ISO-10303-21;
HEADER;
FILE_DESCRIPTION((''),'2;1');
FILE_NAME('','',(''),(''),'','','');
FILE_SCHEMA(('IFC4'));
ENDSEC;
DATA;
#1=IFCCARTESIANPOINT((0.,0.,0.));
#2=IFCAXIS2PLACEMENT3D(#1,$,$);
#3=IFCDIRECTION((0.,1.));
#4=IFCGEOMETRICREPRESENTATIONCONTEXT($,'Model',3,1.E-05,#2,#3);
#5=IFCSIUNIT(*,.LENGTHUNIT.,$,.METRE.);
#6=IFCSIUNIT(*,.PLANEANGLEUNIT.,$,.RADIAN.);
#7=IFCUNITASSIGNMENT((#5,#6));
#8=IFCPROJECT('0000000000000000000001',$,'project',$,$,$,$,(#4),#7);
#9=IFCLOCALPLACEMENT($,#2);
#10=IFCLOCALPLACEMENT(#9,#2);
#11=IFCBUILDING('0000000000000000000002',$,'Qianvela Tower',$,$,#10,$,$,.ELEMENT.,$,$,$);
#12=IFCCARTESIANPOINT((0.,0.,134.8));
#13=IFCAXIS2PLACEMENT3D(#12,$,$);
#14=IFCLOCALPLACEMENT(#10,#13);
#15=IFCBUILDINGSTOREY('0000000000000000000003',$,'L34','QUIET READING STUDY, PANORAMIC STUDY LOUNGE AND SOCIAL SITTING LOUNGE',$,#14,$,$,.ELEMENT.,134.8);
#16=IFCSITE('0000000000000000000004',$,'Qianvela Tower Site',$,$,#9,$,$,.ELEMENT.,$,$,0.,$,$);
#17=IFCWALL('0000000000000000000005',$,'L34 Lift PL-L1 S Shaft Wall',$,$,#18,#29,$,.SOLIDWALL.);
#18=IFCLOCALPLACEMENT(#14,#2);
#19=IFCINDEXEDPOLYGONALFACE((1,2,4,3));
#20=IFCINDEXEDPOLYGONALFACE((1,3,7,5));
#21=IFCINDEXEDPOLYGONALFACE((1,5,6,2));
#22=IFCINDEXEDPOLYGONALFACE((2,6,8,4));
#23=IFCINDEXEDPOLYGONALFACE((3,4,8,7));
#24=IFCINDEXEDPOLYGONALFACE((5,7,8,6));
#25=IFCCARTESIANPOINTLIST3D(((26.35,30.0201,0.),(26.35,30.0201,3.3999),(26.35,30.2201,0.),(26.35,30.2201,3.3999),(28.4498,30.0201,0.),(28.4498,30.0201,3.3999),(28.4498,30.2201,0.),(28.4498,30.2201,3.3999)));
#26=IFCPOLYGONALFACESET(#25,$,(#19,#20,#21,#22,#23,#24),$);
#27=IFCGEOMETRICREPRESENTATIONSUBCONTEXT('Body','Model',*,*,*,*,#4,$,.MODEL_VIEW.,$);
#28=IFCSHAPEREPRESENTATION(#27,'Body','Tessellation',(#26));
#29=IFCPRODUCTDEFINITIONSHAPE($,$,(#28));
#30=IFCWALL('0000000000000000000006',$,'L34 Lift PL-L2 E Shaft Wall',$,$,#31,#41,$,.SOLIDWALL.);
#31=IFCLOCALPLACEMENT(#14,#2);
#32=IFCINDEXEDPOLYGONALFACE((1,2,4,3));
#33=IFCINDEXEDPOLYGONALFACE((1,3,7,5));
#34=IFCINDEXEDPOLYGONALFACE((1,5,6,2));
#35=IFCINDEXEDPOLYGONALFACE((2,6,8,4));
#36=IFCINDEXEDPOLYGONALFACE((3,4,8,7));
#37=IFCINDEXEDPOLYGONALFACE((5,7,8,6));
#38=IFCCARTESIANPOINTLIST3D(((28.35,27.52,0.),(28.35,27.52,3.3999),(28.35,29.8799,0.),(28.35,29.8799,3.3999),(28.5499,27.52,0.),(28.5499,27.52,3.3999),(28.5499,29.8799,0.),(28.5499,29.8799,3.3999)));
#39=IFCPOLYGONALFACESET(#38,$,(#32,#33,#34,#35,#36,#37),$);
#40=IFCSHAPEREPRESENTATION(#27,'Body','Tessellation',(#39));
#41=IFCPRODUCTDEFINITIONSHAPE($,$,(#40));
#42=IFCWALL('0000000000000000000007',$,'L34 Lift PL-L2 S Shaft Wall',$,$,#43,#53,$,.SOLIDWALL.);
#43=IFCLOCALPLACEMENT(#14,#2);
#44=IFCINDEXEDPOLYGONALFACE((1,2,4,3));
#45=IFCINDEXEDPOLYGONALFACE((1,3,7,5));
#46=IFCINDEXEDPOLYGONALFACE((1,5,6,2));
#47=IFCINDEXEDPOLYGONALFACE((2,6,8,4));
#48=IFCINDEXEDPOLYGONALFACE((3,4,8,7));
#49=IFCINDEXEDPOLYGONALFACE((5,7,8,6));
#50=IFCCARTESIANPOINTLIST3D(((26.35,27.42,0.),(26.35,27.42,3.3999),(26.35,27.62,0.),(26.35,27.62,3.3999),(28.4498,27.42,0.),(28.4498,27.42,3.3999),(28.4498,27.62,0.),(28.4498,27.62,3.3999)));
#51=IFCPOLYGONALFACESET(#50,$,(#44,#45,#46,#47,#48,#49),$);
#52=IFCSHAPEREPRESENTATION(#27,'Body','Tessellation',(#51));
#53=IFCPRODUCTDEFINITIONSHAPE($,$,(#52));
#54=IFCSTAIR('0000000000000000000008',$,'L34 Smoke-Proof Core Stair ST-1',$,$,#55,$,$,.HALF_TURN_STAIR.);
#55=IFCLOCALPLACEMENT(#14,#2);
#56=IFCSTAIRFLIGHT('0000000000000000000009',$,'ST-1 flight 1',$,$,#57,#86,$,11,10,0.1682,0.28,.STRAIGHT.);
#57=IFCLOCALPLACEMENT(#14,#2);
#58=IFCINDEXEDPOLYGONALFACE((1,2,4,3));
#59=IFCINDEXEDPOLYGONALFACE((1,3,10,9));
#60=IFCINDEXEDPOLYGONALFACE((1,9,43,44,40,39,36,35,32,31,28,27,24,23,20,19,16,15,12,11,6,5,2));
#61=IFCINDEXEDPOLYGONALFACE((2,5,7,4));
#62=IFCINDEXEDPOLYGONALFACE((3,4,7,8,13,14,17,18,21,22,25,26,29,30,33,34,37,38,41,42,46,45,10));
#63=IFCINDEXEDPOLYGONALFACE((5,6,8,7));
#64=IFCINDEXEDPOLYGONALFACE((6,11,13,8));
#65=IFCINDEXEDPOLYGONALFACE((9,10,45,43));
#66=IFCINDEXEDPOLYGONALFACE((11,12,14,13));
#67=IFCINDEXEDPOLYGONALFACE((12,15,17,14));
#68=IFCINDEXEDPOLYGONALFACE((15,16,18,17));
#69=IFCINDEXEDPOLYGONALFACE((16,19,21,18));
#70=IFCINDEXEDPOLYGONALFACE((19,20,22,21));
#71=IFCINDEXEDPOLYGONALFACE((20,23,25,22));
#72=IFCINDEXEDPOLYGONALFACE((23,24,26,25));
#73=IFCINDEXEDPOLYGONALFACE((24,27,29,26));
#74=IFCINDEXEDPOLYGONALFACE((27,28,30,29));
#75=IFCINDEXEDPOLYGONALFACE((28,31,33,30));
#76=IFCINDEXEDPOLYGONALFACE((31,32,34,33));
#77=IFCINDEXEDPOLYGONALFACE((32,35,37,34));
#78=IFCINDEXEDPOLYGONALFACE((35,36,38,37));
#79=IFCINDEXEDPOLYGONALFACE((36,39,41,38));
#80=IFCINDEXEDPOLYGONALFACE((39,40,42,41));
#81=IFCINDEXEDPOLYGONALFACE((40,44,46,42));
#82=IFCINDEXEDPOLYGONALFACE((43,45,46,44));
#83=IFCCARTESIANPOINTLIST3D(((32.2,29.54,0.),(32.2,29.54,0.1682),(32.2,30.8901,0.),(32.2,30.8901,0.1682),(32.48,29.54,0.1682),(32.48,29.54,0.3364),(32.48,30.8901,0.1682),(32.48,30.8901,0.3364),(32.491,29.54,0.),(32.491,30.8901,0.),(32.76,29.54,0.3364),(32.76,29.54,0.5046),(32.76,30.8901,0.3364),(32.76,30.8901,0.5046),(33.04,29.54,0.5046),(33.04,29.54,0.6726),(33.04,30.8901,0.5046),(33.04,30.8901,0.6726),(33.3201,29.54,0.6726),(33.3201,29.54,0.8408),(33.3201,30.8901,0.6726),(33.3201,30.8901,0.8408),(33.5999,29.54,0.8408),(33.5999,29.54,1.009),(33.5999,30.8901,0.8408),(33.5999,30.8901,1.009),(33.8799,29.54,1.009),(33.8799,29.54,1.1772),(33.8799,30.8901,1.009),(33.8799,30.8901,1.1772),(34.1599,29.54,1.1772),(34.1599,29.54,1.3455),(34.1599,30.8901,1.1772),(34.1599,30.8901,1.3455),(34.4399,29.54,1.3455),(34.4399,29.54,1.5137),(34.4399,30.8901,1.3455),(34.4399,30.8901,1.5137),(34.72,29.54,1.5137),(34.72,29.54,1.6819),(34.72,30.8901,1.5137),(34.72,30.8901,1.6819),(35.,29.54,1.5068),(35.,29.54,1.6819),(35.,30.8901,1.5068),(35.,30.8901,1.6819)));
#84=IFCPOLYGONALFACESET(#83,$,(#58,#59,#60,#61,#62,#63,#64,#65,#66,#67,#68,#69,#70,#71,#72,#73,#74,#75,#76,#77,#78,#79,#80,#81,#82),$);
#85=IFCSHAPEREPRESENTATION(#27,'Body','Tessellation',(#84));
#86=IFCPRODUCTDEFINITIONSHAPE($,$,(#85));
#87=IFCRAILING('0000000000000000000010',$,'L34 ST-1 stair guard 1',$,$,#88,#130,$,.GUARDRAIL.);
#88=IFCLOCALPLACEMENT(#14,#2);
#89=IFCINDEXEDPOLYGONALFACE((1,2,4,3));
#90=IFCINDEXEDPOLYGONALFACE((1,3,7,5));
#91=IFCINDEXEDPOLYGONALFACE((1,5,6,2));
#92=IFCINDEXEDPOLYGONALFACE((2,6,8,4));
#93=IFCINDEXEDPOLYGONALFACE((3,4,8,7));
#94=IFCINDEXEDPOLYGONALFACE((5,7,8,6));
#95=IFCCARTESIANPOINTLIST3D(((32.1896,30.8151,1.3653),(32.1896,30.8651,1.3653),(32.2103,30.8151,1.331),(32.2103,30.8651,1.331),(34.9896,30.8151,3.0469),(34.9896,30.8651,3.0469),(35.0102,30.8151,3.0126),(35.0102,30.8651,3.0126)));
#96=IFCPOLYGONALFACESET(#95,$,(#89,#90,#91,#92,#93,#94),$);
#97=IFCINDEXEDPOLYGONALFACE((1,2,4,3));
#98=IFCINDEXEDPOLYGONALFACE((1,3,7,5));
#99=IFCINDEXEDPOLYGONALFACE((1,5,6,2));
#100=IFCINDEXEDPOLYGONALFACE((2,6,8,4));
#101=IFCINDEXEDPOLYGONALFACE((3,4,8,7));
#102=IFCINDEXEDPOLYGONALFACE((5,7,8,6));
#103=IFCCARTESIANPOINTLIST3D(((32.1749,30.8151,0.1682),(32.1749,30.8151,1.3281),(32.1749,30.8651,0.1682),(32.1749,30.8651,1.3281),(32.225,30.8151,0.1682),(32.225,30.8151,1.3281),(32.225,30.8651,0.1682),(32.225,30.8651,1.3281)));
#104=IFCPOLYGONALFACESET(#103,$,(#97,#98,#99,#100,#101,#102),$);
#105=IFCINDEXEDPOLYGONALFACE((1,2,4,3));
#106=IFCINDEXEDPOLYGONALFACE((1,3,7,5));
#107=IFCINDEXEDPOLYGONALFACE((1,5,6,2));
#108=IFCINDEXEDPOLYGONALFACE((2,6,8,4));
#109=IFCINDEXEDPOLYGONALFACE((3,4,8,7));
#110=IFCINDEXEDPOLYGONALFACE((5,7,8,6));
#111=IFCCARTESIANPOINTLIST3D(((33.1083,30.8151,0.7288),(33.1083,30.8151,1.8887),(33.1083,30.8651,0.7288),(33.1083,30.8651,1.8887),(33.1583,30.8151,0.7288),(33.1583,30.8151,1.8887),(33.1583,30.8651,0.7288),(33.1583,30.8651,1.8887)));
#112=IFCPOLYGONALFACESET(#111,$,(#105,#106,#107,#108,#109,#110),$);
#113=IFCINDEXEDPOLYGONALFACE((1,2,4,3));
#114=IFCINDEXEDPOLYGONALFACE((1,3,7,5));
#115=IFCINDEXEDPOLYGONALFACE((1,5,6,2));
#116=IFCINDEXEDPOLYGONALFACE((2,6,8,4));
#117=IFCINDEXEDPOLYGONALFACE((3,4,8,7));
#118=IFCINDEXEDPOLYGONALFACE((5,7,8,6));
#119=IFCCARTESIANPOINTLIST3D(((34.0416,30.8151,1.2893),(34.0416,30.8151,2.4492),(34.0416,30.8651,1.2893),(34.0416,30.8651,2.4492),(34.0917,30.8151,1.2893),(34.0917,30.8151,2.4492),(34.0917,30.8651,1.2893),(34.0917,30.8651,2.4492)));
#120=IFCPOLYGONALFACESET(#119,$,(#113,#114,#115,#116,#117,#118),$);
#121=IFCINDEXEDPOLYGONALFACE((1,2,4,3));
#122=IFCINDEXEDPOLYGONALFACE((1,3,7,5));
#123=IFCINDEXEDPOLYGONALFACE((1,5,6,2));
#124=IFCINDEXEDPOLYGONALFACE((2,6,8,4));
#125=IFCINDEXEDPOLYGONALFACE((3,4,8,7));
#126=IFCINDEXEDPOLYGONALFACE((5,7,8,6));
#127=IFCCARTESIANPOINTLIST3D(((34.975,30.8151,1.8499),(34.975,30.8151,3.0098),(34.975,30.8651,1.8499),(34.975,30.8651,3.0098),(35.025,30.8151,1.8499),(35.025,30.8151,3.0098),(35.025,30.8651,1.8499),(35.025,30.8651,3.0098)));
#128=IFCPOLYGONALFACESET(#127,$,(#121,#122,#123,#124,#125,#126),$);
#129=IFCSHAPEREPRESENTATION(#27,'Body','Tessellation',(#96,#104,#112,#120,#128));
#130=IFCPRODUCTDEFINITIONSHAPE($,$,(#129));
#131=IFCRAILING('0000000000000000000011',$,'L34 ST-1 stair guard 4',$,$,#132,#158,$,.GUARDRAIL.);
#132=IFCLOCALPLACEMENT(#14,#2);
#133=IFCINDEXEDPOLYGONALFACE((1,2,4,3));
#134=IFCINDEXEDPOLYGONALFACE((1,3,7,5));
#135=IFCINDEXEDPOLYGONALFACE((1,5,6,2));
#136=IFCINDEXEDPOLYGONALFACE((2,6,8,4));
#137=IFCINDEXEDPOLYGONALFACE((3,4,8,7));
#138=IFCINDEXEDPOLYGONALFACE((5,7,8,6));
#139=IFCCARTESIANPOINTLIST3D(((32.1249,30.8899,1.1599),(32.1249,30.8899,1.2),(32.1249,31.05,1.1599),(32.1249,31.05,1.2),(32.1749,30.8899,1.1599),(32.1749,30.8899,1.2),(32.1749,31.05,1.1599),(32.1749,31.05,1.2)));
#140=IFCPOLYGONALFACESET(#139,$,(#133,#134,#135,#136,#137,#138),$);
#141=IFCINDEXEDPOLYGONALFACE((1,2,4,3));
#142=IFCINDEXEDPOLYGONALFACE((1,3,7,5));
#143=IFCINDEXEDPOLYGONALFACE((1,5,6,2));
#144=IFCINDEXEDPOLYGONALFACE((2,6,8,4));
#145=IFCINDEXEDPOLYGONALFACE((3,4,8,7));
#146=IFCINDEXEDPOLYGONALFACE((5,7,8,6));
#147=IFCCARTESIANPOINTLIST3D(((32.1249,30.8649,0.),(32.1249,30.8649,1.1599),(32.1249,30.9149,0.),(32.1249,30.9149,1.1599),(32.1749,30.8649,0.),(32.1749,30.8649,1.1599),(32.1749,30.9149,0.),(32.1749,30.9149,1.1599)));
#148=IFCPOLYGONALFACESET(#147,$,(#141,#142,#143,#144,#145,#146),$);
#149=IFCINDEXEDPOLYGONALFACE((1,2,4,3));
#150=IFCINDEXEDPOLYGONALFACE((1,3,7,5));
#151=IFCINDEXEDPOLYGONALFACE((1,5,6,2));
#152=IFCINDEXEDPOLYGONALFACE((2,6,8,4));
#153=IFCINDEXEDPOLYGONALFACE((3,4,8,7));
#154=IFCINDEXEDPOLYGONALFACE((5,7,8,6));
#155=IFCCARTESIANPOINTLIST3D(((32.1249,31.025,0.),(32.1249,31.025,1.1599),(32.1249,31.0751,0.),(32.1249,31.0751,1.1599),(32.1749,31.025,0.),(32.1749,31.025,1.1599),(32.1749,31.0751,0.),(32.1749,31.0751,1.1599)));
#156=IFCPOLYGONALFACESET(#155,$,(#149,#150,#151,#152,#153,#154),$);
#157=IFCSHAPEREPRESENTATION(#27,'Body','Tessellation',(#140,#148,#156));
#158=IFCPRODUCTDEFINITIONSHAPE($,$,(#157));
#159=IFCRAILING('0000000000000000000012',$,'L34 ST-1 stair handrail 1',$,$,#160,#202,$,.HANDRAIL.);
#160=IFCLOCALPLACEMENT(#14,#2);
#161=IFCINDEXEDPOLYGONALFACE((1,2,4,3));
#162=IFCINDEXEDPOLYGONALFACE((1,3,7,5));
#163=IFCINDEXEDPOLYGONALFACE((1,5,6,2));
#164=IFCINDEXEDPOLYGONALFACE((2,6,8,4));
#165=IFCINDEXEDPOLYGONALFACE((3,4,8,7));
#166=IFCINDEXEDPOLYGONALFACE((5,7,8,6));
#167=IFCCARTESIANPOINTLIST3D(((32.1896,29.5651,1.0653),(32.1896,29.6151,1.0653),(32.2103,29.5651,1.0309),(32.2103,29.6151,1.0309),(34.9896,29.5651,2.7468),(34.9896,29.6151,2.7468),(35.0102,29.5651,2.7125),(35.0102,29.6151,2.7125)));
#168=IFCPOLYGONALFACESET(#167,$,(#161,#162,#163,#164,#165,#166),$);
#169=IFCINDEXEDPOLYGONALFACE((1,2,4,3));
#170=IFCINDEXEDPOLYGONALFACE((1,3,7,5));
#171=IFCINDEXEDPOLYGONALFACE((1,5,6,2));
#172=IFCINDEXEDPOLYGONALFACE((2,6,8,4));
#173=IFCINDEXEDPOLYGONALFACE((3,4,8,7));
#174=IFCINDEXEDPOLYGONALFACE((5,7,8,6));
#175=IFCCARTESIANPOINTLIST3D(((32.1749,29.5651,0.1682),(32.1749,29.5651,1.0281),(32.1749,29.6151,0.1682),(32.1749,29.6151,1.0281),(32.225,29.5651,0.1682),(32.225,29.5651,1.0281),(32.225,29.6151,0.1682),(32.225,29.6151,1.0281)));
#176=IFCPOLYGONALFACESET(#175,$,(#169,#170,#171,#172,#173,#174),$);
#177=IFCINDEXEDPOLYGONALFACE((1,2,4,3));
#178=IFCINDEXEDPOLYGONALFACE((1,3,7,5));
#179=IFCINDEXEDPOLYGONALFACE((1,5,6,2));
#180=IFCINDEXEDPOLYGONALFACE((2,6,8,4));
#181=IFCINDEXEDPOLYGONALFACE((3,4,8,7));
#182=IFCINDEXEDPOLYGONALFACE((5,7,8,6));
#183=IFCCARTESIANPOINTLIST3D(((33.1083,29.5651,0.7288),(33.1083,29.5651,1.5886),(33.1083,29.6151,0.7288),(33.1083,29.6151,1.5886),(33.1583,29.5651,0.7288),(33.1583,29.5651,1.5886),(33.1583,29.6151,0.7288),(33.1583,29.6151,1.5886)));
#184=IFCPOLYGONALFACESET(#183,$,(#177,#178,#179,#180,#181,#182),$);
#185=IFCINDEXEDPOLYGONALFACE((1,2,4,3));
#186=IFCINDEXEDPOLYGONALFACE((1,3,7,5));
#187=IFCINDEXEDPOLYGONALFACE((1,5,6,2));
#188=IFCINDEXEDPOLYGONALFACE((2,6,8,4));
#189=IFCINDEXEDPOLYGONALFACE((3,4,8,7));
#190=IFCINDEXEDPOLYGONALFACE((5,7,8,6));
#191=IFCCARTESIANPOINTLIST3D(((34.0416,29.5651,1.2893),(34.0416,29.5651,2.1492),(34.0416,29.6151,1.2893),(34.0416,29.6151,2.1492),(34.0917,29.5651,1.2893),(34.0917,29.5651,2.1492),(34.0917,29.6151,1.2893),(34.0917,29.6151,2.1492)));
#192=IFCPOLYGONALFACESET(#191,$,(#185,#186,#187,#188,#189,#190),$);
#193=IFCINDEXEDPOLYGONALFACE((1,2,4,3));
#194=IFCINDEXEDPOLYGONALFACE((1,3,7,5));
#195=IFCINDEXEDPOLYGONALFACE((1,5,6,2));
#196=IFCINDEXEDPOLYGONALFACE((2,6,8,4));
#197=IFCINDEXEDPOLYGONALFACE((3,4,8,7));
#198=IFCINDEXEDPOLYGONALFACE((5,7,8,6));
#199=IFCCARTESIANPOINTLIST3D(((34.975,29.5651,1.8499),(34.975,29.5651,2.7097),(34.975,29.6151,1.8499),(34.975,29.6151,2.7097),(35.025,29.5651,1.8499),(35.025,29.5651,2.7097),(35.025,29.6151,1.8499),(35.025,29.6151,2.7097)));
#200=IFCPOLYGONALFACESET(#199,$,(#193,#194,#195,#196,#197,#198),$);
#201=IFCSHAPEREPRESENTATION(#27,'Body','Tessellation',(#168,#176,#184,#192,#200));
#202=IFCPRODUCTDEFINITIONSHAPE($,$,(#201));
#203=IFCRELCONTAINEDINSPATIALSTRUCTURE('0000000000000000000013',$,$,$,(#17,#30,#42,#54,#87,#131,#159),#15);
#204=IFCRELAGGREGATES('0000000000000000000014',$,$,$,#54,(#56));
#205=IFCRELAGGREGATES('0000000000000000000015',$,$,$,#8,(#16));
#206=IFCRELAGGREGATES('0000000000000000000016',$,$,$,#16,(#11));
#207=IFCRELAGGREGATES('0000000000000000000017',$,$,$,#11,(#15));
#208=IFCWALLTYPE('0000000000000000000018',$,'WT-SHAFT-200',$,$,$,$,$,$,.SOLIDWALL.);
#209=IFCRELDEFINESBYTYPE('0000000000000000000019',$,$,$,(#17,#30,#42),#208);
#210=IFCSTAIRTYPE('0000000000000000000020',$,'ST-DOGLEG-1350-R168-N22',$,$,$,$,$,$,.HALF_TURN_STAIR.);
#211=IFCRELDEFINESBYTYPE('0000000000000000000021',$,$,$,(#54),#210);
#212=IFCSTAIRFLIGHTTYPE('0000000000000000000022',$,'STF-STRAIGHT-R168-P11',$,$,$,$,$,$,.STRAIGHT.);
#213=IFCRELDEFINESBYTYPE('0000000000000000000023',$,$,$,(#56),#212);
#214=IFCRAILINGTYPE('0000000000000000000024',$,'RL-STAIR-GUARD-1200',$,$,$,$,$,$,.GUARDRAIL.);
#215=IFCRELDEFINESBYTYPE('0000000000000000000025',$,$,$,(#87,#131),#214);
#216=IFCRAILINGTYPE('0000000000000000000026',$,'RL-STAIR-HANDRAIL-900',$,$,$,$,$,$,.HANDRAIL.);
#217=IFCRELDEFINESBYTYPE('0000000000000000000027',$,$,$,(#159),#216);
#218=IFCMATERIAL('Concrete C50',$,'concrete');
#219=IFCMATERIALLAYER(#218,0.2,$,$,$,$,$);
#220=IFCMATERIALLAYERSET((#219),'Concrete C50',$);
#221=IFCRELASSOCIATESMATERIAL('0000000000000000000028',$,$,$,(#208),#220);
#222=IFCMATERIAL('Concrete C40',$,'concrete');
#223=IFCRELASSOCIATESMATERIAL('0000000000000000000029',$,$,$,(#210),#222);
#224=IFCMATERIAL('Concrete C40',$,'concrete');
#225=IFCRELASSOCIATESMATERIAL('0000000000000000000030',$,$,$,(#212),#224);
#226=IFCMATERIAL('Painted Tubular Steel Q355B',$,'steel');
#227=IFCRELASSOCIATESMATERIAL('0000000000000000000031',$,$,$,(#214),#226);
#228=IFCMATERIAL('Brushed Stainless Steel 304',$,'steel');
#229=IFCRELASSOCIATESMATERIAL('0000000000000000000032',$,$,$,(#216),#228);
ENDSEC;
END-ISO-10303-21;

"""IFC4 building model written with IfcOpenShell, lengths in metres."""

from ifc_helpers import new_model, si_unit, direction, frame, frame_2d, origin, origin_2d, place, context, subcontext, project, spatial, polyline, rectangle, outline, extrude, material, layer, layer_set, type_object, element, aggregate, save


model = new_model("IFC4")

# Units and contexts
model_context = context("Model", 3, precision=1e-05, world=origin(), true_north=direction((0.0, 1.0)))
body_context = subcontext(model_context, "Body", "Model", "MODEL_VIEW")
ifc_project = project(units=[si_unit("LENGTHUNIT", "METRE"), si_unit("PLANEANGLEUNIT", "RADIAN")], contexts=[model_context])

# Site, building, storey
site_placement = place(None, origin())
site = spatial("IfcSite", under=ifc_project, at=site_placement, Name="Qianvela Tower Site", CompositionType="ELEMENT", RefElevation=0.0)
building_placement = place(site_placement, origin())
building = spatial("IfcBuilding", under=site, at=building_placement, Name="Qianvela Tower", CompositionType="ELEMENT")
storey_placement = place(building_placement, frame((0.0, 0.0, 134.8)))
storey = spatial("IfcBuildingStorey", under=building, at=storey_placement, Name="L34", Description="QUIET READING STUDY, PANORAMIC STUDY LOUNGE AND SOCIAL SITTING LOUNGE", CompositionType="ELEMENT", Elevation=134.8)

# Shared definitions
ifc_material_1 = material(Name="Concrete C50", Category="concrete")
ifc_layer_1 = layer(ifc_material_1, 0.2)
ifc_layer_set_1 = layer_set([ifc_layer_1], Name="Concrete C50")
wall_type_1 = type_object("IfcWallType", Name="WT-SHAFT-200", PredefinedType="SOLIDWALL", material=ifc_layer_set_1)

# Walls
for number, where, z_axis, x_axis, name in (
    (1, (26.3501, 30.1201, 0.0), (0.0, 0.0, 1.0), (1.0, 0.0, 0.0), "L34 Lift PL-L1 S Shaft Wall"),
):
    element("IfcWall", number, at=place(storey_placement, frame(where, z_axis=z_axis, x_axis=x_axis)), inside=storey, type_object=wall_type_1, Name=name, PredefinedType="SOLIDWALL", context=body_context, shape_type="SweptSolid", body=[
        extrude(rectangle(XDim=2.0999, YDim=0.2, at=frame_2d((1.0498, 0.0))), origin(), (0.0, 0.0, 1.0), 3.3999),
    ])
wall_1_placement = place(storey_placement, frame((28.45, 27.52, 0.0), z_axis=(0.0, 0.0, 1.0), x_axis=(0.0, 1.0, 0.0)))
element("IfcWall", 2, at=wall_1_placement, inside=storey, type_object=wall_type_1, Name="L34 Lift PL-L2 E Shaft Wall", PredefinedType="SOLIDWALL", context=body_context, shape_type="SweptSolid", body=[
    extrude(rectangle(XDim=2.3599, YDim=0.2, at=frame_2d((1.1799, 0.0))), origin(), (0.0, 0.0, 1.0), 3.3999),
])

# Wall
wall_2_placement = place(storey_placement, frame((26.3501, 27.52, 0.0), z_axis=(0.0, 0.0, 1.0), x_axis=(1.0, 0.0, 0.0)))
element("IfcWall", 3, at=wall_2_placement, inside=storey, type_object=wall_type_1, Name="L34 Lift PL-L2 S Shaft Wall", PredefinedType="SOLIDWALL", context=body_context, shape_type="SweptSolid", body=[
    extrude(rectangle(XDim=2.0999, YDim=0.2, at=frame_2d((1.0498, 0.0))), origin(), (0.0, 0.0, 1.0), 3.3999),
])

# Stair, stair flight
ifc_material_2 = material(Name="Concrete C40", Category="concrete")
stair_type = type_object("IfcStairType", Name="ST-DOGLEG-1350-R168-N22", PredefinedType="HALF_TURN_STAIR", material=ifc_material_2)
stair_placement = place(storey_placement, origin())
stair = element("IfcStair", 4, at=stair_placement, inside=storey, type_object=stair_type, Name="L34 Smoke-Proof Core Stair ST-1", PredefinedType="HALF_TURN_STAIR")
ifc_material_3 = material(Name="Concrete C40", Category="concrete")
stair_flight_type = type_object("IfcStairFlightType", Name="STF-STRAIGHT-R168-P11", PredefinedType="STRAIGHT", material=ifc_material_3)
stair_flight_placement = place(storey_placement, frame((32.2, 30.2151, 0.0), z_axis=(0.0, 0.0, 1.0), x_axis=(1.0, 0.0, 0.0)))
stair_flight = element("IfcStairFlight", 5, at=stair_flight_placement, type_object=stair_flight_type, Name="ST-1 flight 1", NumberOfRisers=11, NumberOfTreads=10, PredefinedType="STRAIGHT", RiserHeight=0.1682, TreadLength=0.28, context=body_context, shape_type="SweptSolid", body=[
    extrude(outline(polyline([(0.0, 0.0), (0.0, 0.1682), (0.28, 0.1682), (0.28, 0.3364), (0.5601, 0.3364), (0.5601, 0.5046), (0.8401, 0.5046), (0.8401, 0.6726), (1.1201, 0.6726), (1.1201, 0.8408), (1.3999, 0.8408), (1.3999, 1.009), (1.6799, 1.009), (1.6799, 1.1772), (1.96, 1.1772), (1.96, 1.3455), (2.24, 1.3455), (2.24, 1.5137), (2.52, 1.5137), (2.52, 1.6819), (2.8, 1.6819), (2.8, 1.8501), (2.8, 1.5068), (0.291, 0.0), (0.0, 0.0)])), frame((0.0, 0.675, 0.0), z_axis=(0.0, -1.0, 0.0), x_axis=(1.0, 0.0, 0.0)), (0.0, 0.0, 1.0), 1.3501),
])
aggregate(stair, [stair_flight])

# Railings
ifc_material_4 = material(Name="Painted Tubular Steel Q355B", Category="steel")
railing_type_1 = type_object("IfcRailingType", Name="RL-STAIR-GUARD-1200", PredefinedType="GUARDRAIL", material=ifc_material_4)
railing_1_placement = place(storey_placement, frame((32.2, 30.8401, 0.1682)))
element("IfcRailing", 6, at=railing_1_placement, inside=storey, type_object=railing_type_1, Name="L34 ST-1 stair guard 1", PredefinedType="GUARDRAIL", context=body_context, shape_type="SweptSolid", body=[
    extrude(rectangle(XDim=0.05, YDim=0.04, at=origin_2d()), frame((0.0, 0.0, 1.1799), z_axis=(0.857275, 0.0, 0.514858), x_axis=(0.0, 1.0, 0.0)), (0.0, 0.0, 1.0), 3.2661),
    extrude(rectangle(XDim=0.05, YDim=0.05, at=origin_2d()), origin(), (0.0, 0.0, 1.0), 1.1599),
    extrude(rectangle(XDim=0.05, YDim=0.05, at=origin_2d()), frame((0.9333, 0.0, 0.5605)), (0.0, 0.0, 1.0), 1.1599),
    extrude(rectangle(XDim=0.05, YDim=0.05, at=origin_2d()), frame((1.8667, 0.0, 1.1211)), (0.0, 0.0, 1.0), 1.1599),
    extrude(rectangle(XDim=0.05, YDim=0.05, at=origin_2d()), frame((2.8, 0.0, 1.6816)), (0.0, 0.0, 1.0), 1.1599),
])
railing_2_placement = place(storey_placement, frame((32.1499, 30.8899, 0.0)))
element("IfcRailing", 7, at=railing_2_placement, inside=storey, type_object=railing_type_1, Name="L34 ST-1 stair guard 4", PredefinedType="GUARDRAIL", context=body_context, shape_type="SweptSolid", body=[
    extrude(rectangle(XDim=0.05, YDim=0.04, at=origin_2d()), frame((0.0, 0.0, 1.1799), z_axis=(0.0, 1.0, 0.0), x_axis=(-1.0, 0.0, 0.0)), (0.0, 0.0, 1.0), 0.1602),
    extrude(rectangle(XDim=0.05, YDim=0.05, at=origin_2d()), origin(), (0.0, 0.0, 1.0), 1.1599),
    extrude(rectangle(XDim=0.05, YDim=0.05, at=origin_2d()), frame((0.0, 0.1602, 0.0)), (0.0, 0.0, 1.0), 1.1599),
])
ifc_material_5 = material(Name="Brushed Stainless Steel 304", Category="steel")
railing_type_2 = type_object("IfcRailingType", Name="RL-STAIR-HANDRAIL-900", PredefinedType="HANDRAIL", material=ifc_material_5)
railing_3_placement = place(storey_placement, frame((32.2, 29.5901, 0.1682)))
element("IfcRailing", 8, at=railing_3_placement, inside=storey, type_object=railing_type_2, Name="L34 ST-1 stair handrail 1", PredefinedType="HANDRAIL", context=body_context, shape_type="SweptSolid", body=[
    extrude(rectangle(XDim=0.05, YDim=0.04, at=origin_2d()), frame((0.0, 0.0, 0.8799), z_axis=(0.857275, 0.0, 0.514858), x_axis=(0.0, 1.0, 0.0)), (0.0, 0.0, 1.0), 3.2661),
    extrude(rectangle(XDim=0.05, YDim=0.05, at=origin_2d()), origin(), (0.0, 0.0, 1.0), 0.8599),
    extrude(rectangle(XDim=0.05, YDim=0.05, at=origin_2d()), frame((0.9333, 0.0, 0.5605)), (0.0, 0.0, 1.0), 0.8599),
    extrude(rectangle(XDim=0.05, YDim=0.05, at=origin_2d()), frame((1.8667, 0.0, 1.1211)), (0.0, 0.0, 1.0), 0.8599),
    extrude(rectangle(XDim=0.05, YDim=0.05, at=origin_2d()), frame((2.8, 0.0, 1.6816)), (0.0, 0.0, 1.0), 0.8599),
])

save(model, "model.ifc")
